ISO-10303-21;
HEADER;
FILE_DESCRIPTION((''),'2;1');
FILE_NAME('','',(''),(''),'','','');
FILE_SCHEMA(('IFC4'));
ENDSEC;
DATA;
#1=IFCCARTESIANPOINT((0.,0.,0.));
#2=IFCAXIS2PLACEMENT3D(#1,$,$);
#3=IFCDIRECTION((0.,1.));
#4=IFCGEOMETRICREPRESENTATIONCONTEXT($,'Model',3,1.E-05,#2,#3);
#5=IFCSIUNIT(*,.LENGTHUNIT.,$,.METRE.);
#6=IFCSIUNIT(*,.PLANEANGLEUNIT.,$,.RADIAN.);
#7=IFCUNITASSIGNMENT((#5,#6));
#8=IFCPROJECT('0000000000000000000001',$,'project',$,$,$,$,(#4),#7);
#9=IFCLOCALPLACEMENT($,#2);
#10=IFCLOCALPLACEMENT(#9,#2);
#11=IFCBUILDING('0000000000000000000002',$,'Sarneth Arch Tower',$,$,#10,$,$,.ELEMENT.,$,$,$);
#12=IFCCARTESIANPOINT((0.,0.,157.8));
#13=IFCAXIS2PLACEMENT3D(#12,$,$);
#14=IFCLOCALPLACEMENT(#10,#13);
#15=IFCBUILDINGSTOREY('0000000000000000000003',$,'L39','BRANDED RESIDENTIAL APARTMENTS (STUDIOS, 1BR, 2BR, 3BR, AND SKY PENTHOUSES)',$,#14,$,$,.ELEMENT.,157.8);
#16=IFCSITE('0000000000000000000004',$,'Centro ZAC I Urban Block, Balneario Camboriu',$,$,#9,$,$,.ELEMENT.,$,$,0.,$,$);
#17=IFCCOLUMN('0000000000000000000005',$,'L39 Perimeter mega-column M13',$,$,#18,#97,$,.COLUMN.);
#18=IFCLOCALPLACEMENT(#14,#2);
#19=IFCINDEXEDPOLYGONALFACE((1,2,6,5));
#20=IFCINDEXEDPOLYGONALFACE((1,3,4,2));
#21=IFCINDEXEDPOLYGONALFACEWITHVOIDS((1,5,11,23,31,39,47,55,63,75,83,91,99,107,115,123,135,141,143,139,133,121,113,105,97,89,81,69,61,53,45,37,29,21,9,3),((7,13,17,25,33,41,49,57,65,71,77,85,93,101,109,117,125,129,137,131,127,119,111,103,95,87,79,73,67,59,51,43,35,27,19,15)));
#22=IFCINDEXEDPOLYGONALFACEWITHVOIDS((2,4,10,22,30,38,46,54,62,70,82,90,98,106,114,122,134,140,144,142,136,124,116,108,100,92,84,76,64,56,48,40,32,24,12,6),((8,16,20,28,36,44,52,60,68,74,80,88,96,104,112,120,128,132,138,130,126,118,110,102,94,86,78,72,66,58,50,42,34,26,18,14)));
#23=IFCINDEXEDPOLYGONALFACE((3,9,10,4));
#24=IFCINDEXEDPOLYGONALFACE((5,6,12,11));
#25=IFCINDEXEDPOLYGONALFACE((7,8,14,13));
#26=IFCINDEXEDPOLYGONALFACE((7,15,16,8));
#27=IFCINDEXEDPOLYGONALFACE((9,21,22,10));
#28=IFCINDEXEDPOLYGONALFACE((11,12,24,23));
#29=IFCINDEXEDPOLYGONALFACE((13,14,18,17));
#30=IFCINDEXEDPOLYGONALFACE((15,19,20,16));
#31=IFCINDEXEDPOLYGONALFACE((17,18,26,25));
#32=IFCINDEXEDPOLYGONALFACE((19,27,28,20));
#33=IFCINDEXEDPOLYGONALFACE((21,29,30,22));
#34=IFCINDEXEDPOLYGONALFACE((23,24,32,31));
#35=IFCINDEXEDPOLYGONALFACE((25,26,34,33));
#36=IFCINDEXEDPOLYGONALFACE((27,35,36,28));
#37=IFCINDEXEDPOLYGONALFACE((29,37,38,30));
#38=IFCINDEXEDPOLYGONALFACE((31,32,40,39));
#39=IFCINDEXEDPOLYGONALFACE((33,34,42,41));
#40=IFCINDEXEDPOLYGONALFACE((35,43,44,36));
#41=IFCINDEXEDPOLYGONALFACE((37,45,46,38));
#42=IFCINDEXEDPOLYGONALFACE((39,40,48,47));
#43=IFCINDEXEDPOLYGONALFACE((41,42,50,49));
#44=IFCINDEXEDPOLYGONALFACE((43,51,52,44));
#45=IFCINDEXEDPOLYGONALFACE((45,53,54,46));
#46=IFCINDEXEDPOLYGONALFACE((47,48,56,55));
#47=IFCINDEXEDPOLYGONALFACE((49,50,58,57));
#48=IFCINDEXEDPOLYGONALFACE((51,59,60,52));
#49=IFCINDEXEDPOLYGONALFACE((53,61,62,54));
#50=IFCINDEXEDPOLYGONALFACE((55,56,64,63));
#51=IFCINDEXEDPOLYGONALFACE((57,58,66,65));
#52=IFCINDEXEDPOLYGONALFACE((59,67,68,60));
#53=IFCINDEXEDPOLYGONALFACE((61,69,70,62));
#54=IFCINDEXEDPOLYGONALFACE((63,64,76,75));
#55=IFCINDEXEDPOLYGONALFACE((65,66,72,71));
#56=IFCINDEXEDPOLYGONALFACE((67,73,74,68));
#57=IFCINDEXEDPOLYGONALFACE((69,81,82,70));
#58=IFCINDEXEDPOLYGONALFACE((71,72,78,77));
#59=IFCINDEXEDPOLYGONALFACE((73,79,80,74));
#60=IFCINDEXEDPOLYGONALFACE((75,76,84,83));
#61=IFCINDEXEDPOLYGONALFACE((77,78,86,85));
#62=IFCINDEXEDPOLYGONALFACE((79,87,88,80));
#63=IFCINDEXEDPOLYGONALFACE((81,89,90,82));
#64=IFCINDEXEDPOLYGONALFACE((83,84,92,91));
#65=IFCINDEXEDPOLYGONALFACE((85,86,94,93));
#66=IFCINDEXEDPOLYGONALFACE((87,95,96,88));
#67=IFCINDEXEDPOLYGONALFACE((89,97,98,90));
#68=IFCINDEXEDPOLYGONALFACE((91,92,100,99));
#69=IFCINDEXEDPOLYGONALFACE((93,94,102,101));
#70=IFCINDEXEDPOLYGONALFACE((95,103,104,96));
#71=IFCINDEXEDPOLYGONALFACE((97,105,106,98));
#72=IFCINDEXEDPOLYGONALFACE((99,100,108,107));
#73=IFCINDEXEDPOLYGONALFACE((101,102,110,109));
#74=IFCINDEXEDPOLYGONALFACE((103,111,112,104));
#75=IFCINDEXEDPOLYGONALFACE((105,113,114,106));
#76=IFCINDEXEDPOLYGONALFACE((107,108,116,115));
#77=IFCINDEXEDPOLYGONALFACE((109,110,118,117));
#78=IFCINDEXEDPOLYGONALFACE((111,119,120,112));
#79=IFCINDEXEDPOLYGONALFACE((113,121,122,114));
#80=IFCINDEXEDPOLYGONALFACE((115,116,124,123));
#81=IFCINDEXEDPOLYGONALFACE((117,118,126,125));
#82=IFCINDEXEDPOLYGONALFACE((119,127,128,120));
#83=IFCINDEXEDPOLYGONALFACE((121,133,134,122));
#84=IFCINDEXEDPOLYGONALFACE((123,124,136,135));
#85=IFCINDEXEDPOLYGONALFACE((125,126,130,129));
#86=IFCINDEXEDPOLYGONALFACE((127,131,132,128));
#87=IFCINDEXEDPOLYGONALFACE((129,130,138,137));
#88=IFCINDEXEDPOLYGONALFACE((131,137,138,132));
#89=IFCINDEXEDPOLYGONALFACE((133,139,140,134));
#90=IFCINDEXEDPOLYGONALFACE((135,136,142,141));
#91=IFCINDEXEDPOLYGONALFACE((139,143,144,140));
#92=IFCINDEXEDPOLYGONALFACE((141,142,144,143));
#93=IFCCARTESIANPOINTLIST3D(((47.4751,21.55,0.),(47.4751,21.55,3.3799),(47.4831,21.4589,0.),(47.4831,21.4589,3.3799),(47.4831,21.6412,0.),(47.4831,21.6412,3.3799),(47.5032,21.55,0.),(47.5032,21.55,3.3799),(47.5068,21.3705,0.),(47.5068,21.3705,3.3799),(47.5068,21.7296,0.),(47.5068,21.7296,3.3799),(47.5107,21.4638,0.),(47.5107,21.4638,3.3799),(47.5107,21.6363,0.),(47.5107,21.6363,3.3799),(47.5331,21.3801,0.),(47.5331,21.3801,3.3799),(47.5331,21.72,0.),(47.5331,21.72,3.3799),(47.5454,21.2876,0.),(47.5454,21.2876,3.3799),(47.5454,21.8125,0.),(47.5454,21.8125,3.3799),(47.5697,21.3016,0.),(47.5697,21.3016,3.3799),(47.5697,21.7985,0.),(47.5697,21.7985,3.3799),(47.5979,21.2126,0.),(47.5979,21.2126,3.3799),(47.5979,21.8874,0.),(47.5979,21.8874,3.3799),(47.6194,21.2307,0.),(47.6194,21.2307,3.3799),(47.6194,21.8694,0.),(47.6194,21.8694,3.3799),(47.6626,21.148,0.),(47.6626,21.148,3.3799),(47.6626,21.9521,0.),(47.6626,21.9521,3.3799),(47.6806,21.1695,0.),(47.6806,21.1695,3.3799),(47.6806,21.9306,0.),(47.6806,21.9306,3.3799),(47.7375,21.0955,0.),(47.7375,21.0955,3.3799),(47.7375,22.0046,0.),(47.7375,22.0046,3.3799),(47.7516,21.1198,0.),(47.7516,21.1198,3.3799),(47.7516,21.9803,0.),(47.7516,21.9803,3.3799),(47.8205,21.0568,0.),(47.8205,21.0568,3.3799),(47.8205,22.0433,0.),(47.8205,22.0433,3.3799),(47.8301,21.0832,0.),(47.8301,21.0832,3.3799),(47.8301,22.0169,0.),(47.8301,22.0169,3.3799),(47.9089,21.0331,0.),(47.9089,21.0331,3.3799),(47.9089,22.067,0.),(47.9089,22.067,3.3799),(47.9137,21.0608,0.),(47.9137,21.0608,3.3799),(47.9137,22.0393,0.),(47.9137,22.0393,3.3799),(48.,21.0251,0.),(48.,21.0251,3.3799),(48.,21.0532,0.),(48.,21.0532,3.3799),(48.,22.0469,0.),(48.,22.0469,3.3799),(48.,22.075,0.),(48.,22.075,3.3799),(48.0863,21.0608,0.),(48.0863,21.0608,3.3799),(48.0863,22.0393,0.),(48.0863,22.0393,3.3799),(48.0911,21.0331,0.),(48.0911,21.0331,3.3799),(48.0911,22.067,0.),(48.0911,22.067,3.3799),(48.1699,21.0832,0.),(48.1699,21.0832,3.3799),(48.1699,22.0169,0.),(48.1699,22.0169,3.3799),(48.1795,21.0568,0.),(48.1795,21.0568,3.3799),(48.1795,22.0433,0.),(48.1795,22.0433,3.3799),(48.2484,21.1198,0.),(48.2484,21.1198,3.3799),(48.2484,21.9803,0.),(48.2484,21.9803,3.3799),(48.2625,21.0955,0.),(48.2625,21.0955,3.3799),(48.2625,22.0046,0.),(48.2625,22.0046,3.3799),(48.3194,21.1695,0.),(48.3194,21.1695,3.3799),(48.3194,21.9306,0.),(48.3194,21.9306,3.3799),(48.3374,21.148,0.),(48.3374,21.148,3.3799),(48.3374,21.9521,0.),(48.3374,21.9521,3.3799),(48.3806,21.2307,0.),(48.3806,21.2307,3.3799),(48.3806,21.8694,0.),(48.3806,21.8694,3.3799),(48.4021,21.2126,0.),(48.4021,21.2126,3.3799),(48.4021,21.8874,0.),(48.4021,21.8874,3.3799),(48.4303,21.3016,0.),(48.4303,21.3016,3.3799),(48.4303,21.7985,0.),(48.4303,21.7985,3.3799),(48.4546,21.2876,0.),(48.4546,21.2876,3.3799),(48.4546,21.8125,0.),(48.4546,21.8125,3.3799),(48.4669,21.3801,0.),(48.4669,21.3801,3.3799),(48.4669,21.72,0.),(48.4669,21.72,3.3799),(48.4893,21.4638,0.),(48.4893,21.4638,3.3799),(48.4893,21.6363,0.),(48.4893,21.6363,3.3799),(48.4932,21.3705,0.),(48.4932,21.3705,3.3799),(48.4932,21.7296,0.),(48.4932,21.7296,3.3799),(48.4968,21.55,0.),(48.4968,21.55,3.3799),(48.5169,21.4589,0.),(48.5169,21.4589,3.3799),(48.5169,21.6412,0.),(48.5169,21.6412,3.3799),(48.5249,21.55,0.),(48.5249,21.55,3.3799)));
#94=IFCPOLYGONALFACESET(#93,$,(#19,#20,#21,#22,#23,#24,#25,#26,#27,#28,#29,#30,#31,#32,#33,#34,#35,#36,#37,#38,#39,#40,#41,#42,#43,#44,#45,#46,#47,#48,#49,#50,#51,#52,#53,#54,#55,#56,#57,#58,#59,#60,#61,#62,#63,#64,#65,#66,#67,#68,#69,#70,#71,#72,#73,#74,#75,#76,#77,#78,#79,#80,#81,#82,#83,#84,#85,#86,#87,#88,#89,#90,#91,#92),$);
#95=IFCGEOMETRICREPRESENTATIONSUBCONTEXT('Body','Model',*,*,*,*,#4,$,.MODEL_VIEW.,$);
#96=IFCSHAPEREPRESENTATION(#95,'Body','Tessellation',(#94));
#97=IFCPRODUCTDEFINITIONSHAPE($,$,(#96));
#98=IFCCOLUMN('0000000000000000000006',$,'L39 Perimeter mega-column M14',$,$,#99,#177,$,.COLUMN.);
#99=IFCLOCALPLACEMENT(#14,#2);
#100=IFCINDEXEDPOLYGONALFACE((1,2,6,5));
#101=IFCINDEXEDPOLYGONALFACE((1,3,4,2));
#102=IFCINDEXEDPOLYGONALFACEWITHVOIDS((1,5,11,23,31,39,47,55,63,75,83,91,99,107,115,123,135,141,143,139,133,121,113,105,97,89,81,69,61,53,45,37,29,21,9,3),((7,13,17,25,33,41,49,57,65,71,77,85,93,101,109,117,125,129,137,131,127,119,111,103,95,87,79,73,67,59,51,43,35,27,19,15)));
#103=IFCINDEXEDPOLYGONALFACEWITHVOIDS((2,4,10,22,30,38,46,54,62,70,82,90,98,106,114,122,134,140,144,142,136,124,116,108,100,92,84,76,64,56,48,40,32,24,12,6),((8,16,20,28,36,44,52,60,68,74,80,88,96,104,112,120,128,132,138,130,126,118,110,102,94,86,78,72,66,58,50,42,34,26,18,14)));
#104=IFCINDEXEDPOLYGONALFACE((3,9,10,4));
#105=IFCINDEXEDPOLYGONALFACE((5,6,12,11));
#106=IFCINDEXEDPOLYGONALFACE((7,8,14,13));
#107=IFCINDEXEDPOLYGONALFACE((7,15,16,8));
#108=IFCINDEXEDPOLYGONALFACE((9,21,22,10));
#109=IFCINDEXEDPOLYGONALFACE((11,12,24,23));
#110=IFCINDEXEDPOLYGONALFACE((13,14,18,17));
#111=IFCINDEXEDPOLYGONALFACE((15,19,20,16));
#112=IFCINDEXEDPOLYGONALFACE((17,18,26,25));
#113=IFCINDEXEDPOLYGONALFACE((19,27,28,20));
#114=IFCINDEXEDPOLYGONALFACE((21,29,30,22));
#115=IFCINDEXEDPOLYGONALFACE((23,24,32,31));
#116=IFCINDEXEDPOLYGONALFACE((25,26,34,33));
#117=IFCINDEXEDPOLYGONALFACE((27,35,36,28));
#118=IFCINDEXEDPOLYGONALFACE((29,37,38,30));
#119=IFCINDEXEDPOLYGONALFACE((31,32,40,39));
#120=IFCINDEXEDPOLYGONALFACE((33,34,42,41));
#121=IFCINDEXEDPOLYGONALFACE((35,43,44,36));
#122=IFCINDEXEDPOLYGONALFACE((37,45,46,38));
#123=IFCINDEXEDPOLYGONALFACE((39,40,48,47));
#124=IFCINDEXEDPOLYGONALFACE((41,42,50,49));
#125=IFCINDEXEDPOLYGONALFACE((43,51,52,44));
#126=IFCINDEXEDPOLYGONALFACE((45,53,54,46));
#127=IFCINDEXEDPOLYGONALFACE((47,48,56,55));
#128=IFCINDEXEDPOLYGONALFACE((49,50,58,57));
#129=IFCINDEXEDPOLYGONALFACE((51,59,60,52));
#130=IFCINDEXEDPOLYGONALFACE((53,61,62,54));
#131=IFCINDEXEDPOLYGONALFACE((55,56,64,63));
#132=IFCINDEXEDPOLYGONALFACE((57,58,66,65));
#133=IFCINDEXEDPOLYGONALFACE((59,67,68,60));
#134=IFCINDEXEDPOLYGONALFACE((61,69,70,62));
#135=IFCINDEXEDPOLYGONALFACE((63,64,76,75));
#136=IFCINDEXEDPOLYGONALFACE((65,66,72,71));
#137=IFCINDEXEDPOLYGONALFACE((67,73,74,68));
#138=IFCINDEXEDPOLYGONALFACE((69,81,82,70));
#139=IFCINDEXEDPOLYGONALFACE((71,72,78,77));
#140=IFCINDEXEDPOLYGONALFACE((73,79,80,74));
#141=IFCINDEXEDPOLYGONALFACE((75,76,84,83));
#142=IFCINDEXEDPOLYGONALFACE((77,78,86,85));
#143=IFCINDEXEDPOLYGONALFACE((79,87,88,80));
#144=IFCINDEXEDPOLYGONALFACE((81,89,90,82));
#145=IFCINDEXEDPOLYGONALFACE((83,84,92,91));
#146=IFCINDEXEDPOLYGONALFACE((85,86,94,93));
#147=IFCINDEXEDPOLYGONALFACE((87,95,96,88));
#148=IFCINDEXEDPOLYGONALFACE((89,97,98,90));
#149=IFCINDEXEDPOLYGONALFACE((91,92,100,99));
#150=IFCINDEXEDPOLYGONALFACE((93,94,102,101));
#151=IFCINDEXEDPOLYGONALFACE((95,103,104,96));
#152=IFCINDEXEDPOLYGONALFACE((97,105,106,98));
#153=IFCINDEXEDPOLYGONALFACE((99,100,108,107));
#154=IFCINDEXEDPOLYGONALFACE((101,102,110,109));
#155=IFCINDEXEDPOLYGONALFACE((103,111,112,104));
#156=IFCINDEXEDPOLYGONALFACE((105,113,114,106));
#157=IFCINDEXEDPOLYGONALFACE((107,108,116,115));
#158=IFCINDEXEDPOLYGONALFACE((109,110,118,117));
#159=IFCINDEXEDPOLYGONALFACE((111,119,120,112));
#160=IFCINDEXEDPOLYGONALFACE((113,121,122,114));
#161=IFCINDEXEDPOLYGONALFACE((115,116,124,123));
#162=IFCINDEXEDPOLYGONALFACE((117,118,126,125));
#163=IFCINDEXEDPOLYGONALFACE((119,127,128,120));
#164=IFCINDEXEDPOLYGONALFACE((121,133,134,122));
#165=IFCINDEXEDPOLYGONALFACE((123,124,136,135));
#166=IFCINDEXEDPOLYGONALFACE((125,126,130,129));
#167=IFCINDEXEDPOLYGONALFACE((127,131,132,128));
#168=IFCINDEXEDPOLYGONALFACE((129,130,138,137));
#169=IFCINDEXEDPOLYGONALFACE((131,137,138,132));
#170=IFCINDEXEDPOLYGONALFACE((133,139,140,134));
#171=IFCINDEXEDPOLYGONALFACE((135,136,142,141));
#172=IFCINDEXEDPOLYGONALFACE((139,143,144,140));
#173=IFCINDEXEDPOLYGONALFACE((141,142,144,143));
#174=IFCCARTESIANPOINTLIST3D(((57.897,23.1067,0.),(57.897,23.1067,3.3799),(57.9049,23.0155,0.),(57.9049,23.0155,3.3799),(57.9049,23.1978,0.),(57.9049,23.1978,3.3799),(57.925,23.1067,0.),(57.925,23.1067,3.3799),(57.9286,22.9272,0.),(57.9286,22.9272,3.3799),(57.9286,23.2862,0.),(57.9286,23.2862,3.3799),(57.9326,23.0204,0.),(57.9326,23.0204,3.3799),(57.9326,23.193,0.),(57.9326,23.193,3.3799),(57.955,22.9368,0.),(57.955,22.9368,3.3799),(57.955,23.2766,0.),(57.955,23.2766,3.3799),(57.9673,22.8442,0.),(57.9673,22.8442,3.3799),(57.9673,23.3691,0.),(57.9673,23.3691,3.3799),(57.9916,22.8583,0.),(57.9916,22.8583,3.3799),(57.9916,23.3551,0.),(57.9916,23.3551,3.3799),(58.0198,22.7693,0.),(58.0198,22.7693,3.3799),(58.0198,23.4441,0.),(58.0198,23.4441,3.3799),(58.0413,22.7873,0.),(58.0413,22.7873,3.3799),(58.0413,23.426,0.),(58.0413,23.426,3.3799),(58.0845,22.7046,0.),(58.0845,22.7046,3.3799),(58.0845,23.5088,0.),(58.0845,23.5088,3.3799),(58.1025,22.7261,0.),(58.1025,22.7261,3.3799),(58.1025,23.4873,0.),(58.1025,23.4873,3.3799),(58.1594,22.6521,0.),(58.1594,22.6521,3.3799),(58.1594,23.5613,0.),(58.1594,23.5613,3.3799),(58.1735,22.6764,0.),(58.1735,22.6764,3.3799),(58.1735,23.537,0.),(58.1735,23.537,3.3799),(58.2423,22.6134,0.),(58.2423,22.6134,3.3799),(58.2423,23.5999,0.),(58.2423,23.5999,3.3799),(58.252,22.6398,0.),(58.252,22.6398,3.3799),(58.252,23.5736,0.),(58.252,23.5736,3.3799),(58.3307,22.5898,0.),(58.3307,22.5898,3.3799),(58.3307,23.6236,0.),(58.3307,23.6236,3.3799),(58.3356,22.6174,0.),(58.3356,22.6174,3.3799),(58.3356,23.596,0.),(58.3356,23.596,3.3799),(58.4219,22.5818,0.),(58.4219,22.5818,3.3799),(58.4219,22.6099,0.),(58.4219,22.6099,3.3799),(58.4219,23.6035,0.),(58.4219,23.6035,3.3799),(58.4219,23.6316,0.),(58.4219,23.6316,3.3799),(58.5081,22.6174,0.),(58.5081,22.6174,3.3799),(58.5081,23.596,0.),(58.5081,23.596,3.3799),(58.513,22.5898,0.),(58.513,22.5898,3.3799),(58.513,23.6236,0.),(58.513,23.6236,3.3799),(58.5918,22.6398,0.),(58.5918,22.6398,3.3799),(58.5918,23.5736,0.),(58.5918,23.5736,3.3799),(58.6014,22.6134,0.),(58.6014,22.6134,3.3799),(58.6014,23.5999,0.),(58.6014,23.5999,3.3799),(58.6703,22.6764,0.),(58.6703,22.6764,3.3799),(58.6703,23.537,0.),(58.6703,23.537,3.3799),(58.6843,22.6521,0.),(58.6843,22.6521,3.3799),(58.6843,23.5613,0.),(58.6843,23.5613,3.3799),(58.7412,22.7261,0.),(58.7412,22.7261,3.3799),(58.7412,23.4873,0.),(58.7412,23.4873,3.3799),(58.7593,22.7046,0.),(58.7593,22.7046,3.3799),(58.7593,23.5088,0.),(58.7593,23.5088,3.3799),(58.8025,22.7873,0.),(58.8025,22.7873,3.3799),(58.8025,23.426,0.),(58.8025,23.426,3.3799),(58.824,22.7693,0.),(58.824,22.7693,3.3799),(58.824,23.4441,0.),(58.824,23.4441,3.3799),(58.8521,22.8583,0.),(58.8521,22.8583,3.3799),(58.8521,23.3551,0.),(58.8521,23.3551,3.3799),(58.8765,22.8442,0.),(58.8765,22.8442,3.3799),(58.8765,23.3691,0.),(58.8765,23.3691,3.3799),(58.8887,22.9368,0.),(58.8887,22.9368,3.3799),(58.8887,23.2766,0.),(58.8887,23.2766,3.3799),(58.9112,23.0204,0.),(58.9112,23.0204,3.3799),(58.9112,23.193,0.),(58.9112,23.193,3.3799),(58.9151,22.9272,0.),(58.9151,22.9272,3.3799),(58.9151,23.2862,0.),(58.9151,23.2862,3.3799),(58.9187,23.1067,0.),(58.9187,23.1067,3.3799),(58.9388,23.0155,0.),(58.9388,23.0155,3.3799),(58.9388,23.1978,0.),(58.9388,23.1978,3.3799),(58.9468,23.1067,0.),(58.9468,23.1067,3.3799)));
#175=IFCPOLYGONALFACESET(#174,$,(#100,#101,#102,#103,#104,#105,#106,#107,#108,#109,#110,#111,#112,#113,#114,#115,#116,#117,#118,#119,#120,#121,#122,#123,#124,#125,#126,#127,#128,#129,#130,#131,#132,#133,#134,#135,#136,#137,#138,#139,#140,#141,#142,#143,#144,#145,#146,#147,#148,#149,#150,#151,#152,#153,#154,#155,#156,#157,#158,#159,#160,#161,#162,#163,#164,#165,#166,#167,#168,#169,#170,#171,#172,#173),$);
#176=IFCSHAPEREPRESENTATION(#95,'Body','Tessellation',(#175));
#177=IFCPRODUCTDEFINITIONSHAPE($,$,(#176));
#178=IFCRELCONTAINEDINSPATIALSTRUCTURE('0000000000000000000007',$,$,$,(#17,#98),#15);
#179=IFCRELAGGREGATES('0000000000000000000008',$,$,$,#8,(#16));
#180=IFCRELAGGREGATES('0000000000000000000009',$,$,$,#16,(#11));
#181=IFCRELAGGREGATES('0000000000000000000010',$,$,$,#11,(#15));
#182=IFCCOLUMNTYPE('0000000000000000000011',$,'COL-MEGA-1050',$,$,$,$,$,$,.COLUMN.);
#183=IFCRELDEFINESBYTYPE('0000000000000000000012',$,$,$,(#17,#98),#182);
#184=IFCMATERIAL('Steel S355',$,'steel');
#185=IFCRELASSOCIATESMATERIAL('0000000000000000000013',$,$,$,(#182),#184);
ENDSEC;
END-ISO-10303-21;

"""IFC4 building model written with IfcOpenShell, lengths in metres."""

from ifc_helpers import new_model, si_unit, direction, frame, origin, origin_2d, place, context, subcontext, project, spatial, hollow_circle, extrude, material, material_profile, profile_set, type_object, element, save


model = new_model("IFC4")

# Units and contexts
model_context = context("Model", 3, precision=1e-05, world=origin(), true_north=direction((0.0, 1.0)))
body_context = subcontext(model_context, "Body", "Model", "MODEL_VIEW")
ifc_project = project(units=[si_unit("LENGTHUNIT", "METRE"), si_unit("PLANEANGLEUNIT", "RADIAN")], contexts=[model_context])

# Site, building, storey
site_placement = place(None, origin())
site = spatial("IfcSite", under=ifc_project, at=site_placement, Name="Centro ZAC I Urban Block, Balneario Camboriu", CompositionType="ELEMENT", RefElevation=0.0)
building_placement = place(site_placement, origin())
building = spatial("IfcBuilding", under=site, at=building_placement, Name="Sarneth Arch Tower", CompositionType="ELEMENT")
storey_placement = place(building_placement, frame((0.0, 0.0, 157.8)))
storey = spatial("IfcBuildingStorey", under=building, at=storey_placement, Name="L39", Description="BRANDED RESIDENTIAL APARTMENTS (STUDIOS, 1BR, 2BR, 3BR, AND SKY PENTHOUSES)", CompositionType="ELEMENT", Elevation=157.8)

# Columns
ifc_material_1 = material(Name="Steel S355", Category="steel")
ifc_material_profile_1 = material_profile(ifc_material_1, hollow_circle(Radius=0.5249, WallThickness=0.0281, at=origin_2d()), Name="CHS1050x28")
ifc_profile_set_1 = profile_set([ifc_material_profile_1], Name="Steel S355")
column_type = type_object("IfcColumnType", Name="COL-MEGA-1050", PredefinedType="COLUMN", material=ifc_profile_set_1)
for number, where, z_axis, x_axis, name in (
    (1, (48.0, 21.55, 0.0), (0.0, 0.0, 1.0), (1.0, 0.0, 0.0), "L39 Perimeter mega-column M13"),
    (2, (58.4219, 23.1067, 0.0), (0.0, 0.0, 1.0), (1.0, 0.0, 0.0), "L39 Perimeter mega-column M14"),
):
    element("IfcColumn", number, at=place(storey_placement, frame(where, z_axis=z_axis, x_axis=x_axis)), inside=storey, type_object=column_type, Name=name, PredefinedType="COLUMN", context=body_context, shape_type="SweptSolid", body=[
        extrude(hollow_circle(Radius=0.5249, WallThickness=0.0281, at=origin_2d()), origin(), (0.0, 0.0, 1.0), 3.3799),
    ])

save(model, "model.ifc")
